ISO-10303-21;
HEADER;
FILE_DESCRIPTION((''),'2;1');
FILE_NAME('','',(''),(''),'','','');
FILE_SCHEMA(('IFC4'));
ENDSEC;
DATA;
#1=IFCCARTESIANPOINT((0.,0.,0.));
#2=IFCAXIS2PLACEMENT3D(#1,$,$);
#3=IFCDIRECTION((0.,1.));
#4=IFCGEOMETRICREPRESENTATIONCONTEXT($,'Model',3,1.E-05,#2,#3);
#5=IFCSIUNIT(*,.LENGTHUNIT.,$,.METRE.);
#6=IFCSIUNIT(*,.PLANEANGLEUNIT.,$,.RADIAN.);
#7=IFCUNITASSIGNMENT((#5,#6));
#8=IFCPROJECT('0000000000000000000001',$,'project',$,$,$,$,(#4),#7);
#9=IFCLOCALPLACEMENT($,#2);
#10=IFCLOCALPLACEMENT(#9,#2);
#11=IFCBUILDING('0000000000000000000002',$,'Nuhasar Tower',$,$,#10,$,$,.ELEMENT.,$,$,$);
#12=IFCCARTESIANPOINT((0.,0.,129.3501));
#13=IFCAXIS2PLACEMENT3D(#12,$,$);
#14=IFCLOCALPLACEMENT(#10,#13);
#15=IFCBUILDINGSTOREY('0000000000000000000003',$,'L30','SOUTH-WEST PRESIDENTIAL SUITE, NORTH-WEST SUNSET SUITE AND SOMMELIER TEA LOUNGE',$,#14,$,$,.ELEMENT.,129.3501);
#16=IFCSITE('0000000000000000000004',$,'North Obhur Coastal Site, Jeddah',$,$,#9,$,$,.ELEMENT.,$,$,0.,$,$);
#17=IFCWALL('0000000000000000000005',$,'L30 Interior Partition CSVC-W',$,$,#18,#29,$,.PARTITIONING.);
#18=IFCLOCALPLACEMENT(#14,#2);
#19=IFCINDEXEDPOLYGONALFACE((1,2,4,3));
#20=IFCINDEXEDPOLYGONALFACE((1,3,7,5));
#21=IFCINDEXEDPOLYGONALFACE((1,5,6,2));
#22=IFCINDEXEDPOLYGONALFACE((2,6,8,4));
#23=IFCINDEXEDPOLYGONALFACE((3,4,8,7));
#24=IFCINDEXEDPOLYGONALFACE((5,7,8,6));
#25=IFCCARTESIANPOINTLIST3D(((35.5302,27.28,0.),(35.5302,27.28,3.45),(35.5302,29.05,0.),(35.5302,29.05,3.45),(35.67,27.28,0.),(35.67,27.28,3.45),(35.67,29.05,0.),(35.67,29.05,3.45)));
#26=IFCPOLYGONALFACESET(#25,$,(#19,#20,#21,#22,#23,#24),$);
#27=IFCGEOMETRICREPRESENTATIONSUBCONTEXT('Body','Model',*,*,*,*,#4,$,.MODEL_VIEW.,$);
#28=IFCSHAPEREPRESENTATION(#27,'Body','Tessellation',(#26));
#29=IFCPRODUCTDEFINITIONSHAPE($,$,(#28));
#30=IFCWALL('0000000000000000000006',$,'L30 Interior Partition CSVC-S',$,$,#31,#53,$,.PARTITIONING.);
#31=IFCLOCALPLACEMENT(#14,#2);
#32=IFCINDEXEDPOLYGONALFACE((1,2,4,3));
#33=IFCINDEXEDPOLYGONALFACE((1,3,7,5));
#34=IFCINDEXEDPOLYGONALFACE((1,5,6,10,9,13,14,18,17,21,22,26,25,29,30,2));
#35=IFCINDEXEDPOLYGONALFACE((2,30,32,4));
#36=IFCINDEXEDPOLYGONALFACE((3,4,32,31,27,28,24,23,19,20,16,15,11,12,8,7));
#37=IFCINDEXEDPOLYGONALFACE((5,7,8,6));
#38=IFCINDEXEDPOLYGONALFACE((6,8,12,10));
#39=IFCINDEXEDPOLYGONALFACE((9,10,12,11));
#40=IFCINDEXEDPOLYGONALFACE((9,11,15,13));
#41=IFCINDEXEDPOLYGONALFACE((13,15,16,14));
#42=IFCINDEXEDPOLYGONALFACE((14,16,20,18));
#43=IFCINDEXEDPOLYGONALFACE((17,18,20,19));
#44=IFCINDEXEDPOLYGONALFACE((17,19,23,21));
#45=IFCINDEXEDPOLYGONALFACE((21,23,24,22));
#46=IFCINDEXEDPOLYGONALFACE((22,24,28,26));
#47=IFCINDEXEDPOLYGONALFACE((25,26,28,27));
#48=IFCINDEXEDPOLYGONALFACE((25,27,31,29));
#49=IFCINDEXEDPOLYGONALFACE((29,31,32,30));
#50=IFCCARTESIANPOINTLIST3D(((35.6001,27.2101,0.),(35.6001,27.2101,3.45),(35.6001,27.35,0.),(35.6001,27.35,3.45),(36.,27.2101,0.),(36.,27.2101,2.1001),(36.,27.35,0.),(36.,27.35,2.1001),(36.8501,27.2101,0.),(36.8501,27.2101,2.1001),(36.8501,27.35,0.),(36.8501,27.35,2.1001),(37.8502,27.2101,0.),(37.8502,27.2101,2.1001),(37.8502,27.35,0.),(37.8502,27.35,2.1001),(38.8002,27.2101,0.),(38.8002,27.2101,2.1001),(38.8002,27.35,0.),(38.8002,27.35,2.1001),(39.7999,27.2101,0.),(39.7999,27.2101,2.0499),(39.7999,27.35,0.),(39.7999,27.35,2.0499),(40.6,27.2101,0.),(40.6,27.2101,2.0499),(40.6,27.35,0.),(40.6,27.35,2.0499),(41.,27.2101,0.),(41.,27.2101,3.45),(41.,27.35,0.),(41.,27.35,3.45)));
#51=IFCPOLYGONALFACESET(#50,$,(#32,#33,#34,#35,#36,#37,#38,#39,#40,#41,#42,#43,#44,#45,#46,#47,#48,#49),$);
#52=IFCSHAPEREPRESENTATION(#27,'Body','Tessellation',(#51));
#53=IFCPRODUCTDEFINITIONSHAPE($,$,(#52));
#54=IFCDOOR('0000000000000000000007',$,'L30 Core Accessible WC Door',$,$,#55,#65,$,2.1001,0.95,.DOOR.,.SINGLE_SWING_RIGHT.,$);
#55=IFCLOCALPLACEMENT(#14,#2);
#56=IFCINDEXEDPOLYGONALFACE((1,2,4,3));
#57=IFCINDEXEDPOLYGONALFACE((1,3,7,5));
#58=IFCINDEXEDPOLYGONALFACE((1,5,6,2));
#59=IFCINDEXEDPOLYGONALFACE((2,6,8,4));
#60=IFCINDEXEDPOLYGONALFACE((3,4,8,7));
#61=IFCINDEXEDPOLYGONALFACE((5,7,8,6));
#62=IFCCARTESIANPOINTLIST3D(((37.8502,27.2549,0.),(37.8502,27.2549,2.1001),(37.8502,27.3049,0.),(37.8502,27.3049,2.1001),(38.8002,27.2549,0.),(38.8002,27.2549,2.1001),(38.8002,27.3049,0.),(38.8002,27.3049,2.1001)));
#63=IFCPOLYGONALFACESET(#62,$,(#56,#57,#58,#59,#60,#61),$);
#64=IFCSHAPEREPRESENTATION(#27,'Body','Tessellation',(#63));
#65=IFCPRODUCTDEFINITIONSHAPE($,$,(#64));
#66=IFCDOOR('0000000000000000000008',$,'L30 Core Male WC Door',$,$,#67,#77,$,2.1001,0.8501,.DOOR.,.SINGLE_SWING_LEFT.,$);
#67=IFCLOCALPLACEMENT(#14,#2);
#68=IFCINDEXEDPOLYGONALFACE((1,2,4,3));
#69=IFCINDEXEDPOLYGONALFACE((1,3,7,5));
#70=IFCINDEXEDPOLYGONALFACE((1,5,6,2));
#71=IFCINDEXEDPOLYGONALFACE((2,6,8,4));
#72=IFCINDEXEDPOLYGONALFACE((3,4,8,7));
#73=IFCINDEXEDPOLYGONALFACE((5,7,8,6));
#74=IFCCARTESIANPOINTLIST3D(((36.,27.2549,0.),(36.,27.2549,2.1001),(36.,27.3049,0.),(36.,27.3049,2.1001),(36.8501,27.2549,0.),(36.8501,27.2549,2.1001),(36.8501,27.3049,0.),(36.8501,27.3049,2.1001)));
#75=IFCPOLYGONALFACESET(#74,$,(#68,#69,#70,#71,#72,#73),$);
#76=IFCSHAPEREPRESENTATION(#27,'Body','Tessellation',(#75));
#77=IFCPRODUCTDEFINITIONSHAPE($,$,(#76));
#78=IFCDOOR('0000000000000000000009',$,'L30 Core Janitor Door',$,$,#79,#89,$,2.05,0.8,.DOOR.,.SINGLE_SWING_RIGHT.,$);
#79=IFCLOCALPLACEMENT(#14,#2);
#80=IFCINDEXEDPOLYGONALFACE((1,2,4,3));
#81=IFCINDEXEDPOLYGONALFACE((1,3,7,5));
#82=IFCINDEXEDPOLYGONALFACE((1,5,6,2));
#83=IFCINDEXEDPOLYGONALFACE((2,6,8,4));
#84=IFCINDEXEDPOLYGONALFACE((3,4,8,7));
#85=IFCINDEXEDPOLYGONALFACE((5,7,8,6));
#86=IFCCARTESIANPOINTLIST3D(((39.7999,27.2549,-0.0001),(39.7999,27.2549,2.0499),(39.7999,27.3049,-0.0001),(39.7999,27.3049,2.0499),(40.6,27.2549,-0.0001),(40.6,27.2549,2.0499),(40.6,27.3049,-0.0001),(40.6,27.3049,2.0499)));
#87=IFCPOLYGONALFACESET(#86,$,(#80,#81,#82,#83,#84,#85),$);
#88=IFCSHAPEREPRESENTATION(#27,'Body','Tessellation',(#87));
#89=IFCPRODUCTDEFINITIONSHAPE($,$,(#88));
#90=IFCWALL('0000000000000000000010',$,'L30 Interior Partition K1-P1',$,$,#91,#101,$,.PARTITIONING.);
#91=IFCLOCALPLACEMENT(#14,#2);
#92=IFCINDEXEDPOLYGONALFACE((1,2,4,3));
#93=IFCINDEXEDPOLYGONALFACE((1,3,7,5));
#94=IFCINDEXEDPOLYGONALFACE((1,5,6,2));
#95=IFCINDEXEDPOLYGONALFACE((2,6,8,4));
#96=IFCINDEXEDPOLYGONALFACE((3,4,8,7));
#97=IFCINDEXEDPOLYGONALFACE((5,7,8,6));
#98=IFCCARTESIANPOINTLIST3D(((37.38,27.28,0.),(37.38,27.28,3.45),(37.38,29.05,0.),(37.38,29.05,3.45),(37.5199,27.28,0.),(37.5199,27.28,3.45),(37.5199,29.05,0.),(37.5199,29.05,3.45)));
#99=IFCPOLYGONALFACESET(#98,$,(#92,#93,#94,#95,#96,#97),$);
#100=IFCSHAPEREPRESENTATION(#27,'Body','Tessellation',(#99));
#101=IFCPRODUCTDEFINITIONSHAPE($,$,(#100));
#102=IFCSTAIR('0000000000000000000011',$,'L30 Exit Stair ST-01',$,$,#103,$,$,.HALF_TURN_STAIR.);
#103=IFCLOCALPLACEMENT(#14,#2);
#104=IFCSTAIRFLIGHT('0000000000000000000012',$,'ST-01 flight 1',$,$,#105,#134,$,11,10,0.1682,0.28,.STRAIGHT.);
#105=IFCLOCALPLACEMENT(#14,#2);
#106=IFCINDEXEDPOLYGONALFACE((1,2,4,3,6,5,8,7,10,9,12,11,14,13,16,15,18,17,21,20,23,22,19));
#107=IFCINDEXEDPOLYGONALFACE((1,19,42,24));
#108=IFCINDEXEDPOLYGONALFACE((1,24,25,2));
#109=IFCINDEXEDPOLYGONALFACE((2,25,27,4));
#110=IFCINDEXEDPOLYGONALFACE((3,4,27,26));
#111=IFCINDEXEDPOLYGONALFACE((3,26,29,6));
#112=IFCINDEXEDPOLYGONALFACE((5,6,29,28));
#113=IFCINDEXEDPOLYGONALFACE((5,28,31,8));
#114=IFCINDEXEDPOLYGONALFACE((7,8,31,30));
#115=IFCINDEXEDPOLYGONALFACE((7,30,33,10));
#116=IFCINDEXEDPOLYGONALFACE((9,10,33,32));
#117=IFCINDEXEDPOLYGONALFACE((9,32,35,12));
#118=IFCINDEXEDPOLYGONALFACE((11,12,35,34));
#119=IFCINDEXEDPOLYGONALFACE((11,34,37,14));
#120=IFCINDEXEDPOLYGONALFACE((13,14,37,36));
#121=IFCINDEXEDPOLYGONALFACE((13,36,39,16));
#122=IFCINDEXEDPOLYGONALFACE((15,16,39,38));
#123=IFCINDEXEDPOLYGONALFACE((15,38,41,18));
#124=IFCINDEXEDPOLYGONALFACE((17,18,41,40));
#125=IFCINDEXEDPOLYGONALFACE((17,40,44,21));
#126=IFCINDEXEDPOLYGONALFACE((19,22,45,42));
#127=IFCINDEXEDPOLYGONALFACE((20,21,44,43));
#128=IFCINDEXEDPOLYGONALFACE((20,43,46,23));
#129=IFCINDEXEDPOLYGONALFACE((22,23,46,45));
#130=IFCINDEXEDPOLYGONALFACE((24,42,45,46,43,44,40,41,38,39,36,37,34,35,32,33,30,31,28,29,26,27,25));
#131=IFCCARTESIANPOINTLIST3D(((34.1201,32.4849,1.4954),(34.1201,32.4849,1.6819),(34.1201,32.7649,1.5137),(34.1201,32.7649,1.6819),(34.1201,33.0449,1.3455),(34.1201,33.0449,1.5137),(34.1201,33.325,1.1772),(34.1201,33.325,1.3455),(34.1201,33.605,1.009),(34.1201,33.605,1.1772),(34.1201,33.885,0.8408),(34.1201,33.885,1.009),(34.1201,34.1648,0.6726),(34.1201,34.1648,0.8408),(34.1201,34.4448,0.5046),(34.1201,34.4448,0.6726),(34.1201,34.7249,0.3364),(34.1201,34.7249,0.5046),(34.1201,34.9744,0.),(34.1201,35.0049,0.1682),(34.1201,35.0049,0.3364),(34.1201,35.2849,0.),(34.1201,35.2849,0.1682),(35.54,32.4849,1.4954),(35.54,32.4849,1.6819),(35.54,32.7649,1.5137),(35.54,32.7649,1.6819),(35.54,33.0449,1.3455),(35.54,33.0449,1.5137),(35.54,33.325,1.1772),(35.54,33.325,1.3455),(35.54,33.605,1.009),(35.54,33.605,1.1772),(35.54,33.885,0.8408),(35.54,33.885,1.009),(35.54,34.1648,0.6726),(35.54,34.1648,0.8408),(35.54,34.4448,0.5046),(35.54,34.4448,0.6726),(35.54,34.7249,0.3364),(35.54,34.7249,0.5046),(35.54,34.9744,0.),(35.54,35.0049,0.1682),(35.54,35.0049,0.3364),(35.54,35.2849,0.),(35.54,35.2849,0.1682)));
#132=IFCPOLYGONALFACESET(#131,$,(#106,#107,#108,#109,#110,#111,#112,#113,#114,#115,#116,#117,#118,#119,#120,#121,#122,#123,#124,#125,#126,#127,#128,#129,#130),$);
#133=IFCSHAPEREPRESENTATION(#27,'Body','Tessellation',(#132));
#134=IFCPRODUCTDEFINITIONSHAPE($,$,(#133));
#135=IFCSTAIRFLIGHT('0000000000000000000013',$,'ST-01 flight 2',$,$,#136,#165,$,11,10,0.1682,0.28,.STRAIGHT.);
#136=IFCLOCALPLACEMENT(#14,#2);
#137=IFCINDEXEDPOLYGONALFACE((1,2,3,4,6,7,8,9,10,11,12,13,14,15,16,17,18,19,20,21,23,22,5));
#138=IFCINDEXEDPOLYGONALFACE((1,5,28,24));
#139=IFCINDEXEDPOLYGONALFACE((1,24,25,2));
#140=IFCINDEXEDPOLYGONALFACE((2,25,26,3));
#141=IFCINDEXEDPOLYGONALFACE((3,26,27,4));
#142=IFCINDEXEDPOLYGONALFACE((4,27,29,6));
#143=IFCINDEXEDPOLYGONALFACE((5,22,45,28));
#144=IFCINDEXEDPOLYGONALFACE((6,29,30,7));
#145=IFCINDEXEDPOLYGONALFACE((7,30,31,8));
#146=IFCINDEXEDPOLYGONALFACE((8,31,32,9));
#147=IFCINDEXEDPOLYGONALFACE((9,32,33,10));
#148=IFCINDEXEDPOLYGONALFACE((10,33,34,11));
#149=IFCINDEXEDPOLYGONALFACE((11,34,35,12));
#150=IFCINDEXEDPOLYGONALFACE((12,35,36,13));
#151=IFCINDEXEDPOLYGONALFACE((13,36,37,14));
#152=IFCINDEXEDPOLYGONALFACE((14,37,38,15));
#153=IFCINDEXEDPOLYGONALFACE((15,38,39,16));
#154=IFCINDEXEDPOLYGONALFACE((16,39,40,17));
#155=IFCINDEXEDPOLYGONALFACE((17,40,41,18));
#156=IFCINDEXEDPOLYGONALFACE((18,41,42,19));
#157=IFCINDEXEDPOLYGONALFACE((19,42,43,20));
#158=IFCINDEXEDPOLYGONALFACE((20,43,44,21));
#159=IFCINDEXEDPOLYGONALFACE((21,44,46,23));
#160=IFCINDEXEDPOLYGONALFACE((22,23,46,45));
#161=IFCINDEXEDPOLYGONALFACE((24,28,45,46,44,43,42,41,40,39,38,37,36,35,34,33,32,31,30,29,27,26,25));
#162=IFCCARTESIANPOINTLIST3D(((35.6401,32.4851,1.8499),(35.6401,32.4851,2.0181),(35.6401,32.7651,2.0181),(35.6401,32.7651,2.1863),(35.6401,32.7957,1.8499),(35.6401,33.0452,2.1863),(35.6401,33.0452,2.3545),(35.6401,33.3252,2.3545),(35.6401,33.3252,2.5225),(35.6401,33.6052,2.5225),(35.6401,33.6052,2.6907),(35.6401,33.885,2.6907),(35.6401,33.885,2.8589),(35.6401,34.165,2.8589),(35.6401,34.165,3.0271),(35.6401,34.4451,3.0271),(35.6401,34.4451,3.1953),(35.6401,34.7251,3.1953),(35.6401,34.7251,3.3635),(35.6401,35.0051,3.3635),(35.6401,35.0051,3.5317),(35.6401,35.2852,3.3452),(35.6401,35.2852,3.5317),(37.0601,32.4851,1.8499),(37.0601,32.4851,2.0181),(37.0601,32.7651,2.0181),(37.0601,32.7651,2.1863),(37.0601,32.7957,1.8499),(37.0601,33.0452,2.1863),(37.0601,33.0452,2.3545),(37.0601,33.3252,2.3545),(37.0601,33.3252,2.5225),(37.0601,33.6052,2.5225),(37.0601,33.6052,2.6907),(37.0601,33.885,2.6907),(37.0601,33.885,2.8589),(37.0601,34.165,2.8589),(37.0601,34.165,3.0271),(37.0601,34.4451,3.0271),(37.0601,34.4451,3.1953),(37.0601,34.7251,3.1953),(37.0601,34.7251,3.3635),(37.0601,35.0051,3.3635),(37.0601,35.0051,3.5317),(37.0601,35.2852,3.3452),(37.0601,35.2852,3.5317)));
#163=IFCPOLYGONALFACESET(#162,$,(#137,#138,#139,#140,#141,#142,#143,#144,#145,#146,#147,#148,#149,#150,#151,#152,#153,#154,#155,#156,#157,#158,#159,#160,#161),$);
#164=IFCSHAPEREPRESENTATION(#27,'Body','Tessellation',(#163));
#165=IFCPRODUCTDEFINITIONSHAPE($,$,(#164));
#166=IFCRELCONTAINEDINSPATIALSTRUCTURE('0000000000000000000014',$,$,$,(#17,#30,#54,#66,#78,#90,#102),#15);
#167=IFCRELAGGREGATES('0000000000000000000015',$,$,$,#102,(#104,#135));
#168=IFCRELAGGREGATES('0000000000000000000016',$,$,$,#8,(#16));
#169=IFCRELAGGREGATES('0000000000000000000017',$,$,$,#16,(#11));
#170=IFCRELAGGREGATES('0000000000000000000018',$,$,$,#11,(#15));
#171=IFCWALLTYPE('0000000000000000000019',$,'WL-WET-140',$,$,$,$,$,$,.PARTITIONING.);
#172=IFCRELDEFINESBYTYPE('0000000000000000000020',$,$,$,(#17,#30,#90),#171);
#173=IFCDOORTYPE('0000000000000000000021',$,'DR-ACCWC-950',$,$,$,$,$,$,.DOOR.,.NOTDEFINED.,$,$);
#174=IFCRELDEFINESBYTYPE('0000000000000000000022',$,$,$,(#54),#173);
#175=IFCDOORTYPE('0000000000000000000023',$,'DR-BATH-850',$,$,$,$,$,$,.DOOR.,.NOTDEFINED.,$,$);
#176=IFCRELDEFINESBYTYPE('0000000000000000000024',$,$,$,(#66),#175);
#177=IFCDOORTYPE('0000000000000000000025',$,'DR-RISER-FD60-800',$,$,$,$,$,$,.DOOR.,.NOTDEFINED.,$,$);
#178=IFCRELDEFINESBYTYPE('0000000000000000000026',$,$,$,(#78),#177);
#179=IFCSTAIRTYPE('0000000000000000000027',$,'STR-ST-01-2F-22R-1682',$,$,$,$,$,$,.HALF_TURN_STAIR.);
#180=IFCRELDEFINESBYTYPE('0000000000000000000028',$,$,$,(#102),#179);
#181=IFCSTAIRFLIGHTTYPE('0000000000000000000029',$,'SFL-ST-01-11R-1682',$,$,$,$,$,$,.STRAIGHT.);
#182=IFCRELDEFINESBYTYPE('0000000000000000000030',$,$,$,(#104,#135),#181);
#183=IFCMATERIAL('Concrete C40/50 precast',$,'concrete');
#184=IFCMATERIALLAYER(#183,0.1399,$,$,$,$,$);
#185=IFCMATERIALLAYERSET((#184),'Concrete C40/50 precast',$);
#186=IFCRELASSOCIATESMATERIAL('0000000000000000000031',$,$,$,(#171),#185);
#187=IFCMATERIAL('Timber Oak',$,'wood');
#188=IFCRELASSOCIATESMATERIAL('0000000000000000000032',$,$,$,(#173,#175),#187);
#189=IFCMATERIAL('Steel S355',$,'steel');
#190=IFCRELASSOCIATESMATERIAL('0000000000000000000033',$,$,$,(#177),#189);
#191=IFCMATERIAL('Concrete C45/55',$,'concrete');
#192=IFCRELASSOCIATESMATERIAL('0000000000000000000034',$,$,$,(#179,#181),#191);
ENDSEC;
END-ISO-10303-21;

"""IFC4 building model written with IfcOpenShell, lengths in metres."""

from ifc_helpers import new_model, si_unit, direction, frame, frame_2d, origin, place, context, subcontext, project, spatial, polyline, rectangle, outline, extrude, material, layer, layer_set, type_object, element, fill, aggregate, save


model = new_model("IFC4")

# Units and contexts
model_context = context("Model", 3, precision=1e-05, world=origin(), true_north=direction((0.0, 1.0)))
body_context = subcontext(model_context, "Body", "Model", "MODEL_VIEW")
ifc_project = project(units=[si_unit("LENGTHUNIT", "METRE"), si_unit("PLANEANGLEUNIT", "RADIAN")], contexts=[model_context])

# Site, building, storey
site_placement = place(None, origin())
site = spatial("IfcSite", under=ifc_project, at=site_placement, Name="North Obhur Coastal Site, Jeddah", CompositionType="ELEMENT", RefElevation=0.0)
building_placement = place(site_placement, origin())
building = spatial("IfcBuilding", under=site, at=building_placement, Name="Nuhasar Tower", CompositionType="ELEMENT")
storey_placement = place(building_placement, frame((0.0, 0.0, 129.3501)))
storey = spatial("IfcBuildingStorey", under=building, at=storey_placement, Name="L30", Description="SOUTH-WEST PRESIDENTIAL SUITE, NORTH-WEST SUNSET SUITE AND SOMMELIER TEA LOUNGE", CompositionType="ELEMENT", Elevation=129.3501)

# Shared definitions
ifc_material_1 = material(Name="Steel S355", Category="steel")

# Wall
ifc_material_2 = material(Name="Concrete C40/50 precast", Category="concrete")
ifc_layer_1 = layer(ifc_material_2, 0.1399)
ifc_layer_set_1 = layer_set([ifc_layer_1], Name="Concrete C40/50 precast")
wall_type_1 = type_object("IfcWallType", Name="WL-WET-140", PredefinedType="PARTITIONING", material=ifc_layer_set_1)
wall_1_placement = place(storey_placement, frame((35.6001, 27.28, 0.0), z_axis=(0.0, 0.0, 1.0), x_axis=(0.0, 1.0, 0.0)))
element("IfcWall", 1, at=wall_1_placement, inside=storey, type_object=wall_type_1, Name="L30 Interior Partition CSVC-W", PredefinedType="PARTITIONING", context=body_context, shape_type="SweptSolid", body=[
    extrude(rectangle(XDim=1.77, YDim=0.1399, at=frame_2d((0.885, 0.0))), origin(), (0.0, 0.0, 1.0), 3.45),
])

# Wall, openings, doors
wall_2_placement = place(storey_placement, frame((35.6001, 27.28, 0.0), z_axis=(0.0, 0.0, 1.0), x_axis=(1.0, 0.0, 0.0)))
wall_2 = element("IfcWall", 2, at=wall_2_placement, inside=storey, type_object=wall_type_1, Name="L30 Interior Partition CSVC-S", PredefinedType="PARTITIONING", context=body_context, shape_type="SweptSolid", body=[
    extrude(rectangle(XDim=5.3999, YDim=0.1399, at=frame_2d((2.7, 0.0))), origin(), (0.0, 0.0, 1.0), 3.45),
])
opening_1_placement = place(wall_2_placement, frame((0.3999, 0.0, 0.0)))
opening_1 = element("IfcOpeningElement", 3, at=opening_1_placement, cuts=wall_2, PredefinedType="OPENING", context=body_context, shape_type="SweptSolid", body=[
    extrude(rectangle(XDim=0.8501, YDim=2.1001, at=frame_2d((0.425, 1.05))), frame((0.0, 0.0801, 0.0), z_axis=(0.0, -1.0, 0.0), x_axis=(1.0, 0.0, 0.0)), (0.0, 0.0, 1.0), 0.1599),
])
opening_2_placement = place(wall_2_placement, frame((2.25, 0.0, 0.0)))
opening_2 = element("IfcOpeningElement", 4, at=opening_2_placement, cuts=wall_2, PredefinedType="OPENING", context=body_context, shape_type="SweptSolid", body=[
    extrude(rectangle(XDim=0.95, YDim=2.1001, at=frame_2d((0.4751, 1.05))), frame((0.0, 0.0801, 0.0), z_axis=(0.0, -1.0, 0.0), x_axis=(1.0, 0.0, 0.0)), (0.0, 0.0, 1.0), 0.1599),
])
opening_3_placement = place(wall_2_placement, frame((4.2, 0.0, 0.0)))
opening_3 = element("IfcOpeningElement", 5, at=opening_3_placement, cuts=wall_2, PredefinedType="OPENING", context=body_context, shape_type="SweptSolid", body=[
    extrude(rectangle(XDim=0.8, YDim=2.05, at=frame_2d((0.3999, 1.0249))), frame((0.0, 0.0801, 0.0), z_axis=(0.0, -1.0, 0.0), x_axis=(1.0, 0.0, 0.0)), (0.0, 0.0, 1.0), 0.1599),
])
ifc_material_3 = material(Name="Timber Oak", Category="wood")
door_type_1 = type_object("IfcDoorType", Name="DR-ACCWC-950", OperationType="NOTDEFINED", PredefinedType="DOOR", material=ifc_material_3)
door_1_placement = place(opening_2_placement, origin())
door_1 = element("IfcDoor", 6, at=door_1_placement, inside=storey, type_object=door_type_1, Name="L30 Core Accessible WC Door", OperationType="SINGLE_SWING_RIGHT", OverallHeight=2.1001, OverallWidth=0.95, PredefinedType="DOOR", context=body_context, shape_type="SweptSolid", body=[
    extrude(rectangle(XDim=0.95, YDim=2.1001, at=frame_2d((0.4751, 1.05))), frame((0.0, 0.0249, 0.0), z_axis=(0.0, -1.0, 0.0), x_axis=(1.0, 0.0, 0.0)), (0.0, 0.0, 1.0), 0.05),
])
fill(opening_2, door_1)
door_type_2 = type_object("IfcDoorType", Name="DR-BATH-850", OperationType="NOTDEFINED", PredefinedType="DOOR", material=ifc_material_3)
door_2_placement = place(opening_1_placement, origin())
door_2 = element("IfcDoor", 7, at=door_2_placement, inside=storey, type_object=door_type_2, Name="L30 Core Male WC Door", OperationType="SINGLE_SWING_LEFT", OverallHeight=2.1001, OverallWidth=0.8501, PredefinedType="DOOR", context=body_context, shape_type="SweptSolid", body=[
    extrude(rectangle(XDim=0.8501, YDim=2.1001, at=frame_2d((0.425, 1.05))), frame((0.0, 0.0249, 0.0), z_axis=(0.0, -1.0, 0.0), x_axis=(1.0, 0.0, 0.0)), (0.0, 0.0, 1.0), 0.05),
])
fill(opening_1, door_2)
door_type_3 = type_object("IfcDoorType", Name="DR-RISER-FD60-800", OperationType="NOTDEFINED", PredefinedType="DOOR", material=ifc_material_1)
door_3_placement = place(opening_3_placement, origin())
door_3 = element("IfcDoor", 8, at=door_3_placement, inside=storey, type_object=door_type_3, Name="L30 Core Janitor Door", OperationType="SINGLE_SWING_RIGHT", OverallHeight=2.05, OverallWidth=0.8, PredefinedType="DOOR", context=body_context, shape_type="SweptSolid", body=[
    extrude(rectangle(XDim=0.8, YDim=2.05, at=frame_2d((0.3999, 1.0249))), frame((0.0, 0.0249, 0.0), z_axis=(0.0, -1.0, 0.0), x_axis=(1.0, 0.0, 0.0)), (0.0, 0.0, 1.0), 0.05),
])
fill(opening_3, door_3)

# Wall
wall_3_placement = place(storey_placement, frame((37.45, 27.28, 0.0), z_axis=(0.0, 0.0, 1.0), x_axis=(0.0, 1.0, 0.0)))
element("IfcWall", 9, at=wall_3_placement, inside=storey, type_object=wall_type_1, Name="L30 Interior Partition K1-P1", PredefinedType="PARTITIONING", context=body_context, shape_type="SweptSolid", body=[
    extrude(rectangle(XDim=1.77, YDim=0.1399, at=frame_2d((0.885, 0.0))), origin(), (0.0, 0.0, 1.0), 3.45),
])

# Stair, stair flights
ifc_material_4 = material(Name="Concrete C45/55", Category="concrete")
stair_type_1 = type_object("IfcStairType", Name="STR-ST-01-2F-22R-1682", PredefinedType="HALF_TURN_STAIR", material=ifc_material_4)
stair_1_placement = place(storey_placement, origin())
stair_1 = element("IfcStair", 10, at=stair_1_placement, inside=storey, type_object=stair_type_1, Name="L30 Exit Stair ST-01", PredefinedType="HALF_TURN_STAIR")
stair_flight_type_1 = type_object("IfcStairFlightType", Name="SFL-ST-01-11R-1682", PredefinedType="STRAIGHT", material=ifc_material_4)
stair_flight_1_placement = place(storey_placement, frame((34.8301, 35.2849, 0.0), z_axis=(0.0, 0.0, 1.0), x_axis=(0.0, -1.0, 0.0)))
stair_flight_1 = element("IfcStairFlight", 11, at=stair_flight_1_placement, type_object=stair_flight_type_1, Name="ST-01 flight 1", NumberOfRisers=11, NumberOfTreads=10, PredefinedType="STRAIGHT", RiserHeight=0.1682, TreadLength=0.28, context=body_context, shape_type="SweptSolid", body=[
    extrude(outline(polyline([(0.0, 0.0), (0.0, 0.1682), (0.28, 0.1682), (0.28, 0.3364), (0.5601, 0.3364), (0.5601, 0.5046), (0.8401, 0.5046), (0.8401, 0.6726), (1.1201, 0.6726), (1.1201, 0.8408), (1.3999, 0.8408), (1.3999, 1.009), (1.6799, 1.009), (1.6799, 1.1772), (1.96, 1.1772), (1.96, 1.3455), (2.24, 1.3455), (2.24, 1.5137), (2.52, 1.5137), (2.52, 1.6819), (2.8, 1.6819), (2.8, 1.8501), (2.8, 1.4954), (0.3105, 0.0), (0.0, 0.0)])), frame((0.0, 0.71, 0.0), z_axis=(0.0, -1.0, 0.0), x_axis=(1.0, 0.0, 0.0)), (0.0, 0.0, 1.0), 1.4199),
])
stair_flight_2_placement = place(storey_placement, frame((36.3501, 32.4851, 1.8499), z_axis=(0.0, 0.0, 1.0), x_axis=(0.0, 1.0, 0.0)))
stair_flight_2 = element("IfcStairFlight", 12, at=stair_flight_2_placement, type_object=stair_flight_type_1, Name="ST-01 flight 2", NumberOfRisers=11, NumberOfTreads=10, PredefinedType="STRAIGHT", RiserHeight=0.1682, TreadLength=0.28, context=body_context, shape_type="SweptSolid", body=[
    extrude(outline(polyline([(0.0, 0.0), (0.0, 0.1682), (0.28, 0.1682), (0.28, 0.3364), (0.5601, 0.3364), (0.5601, 0.5046), (0.8401, 0.5046), (0.8401, 0.6726), (1.1201, 0.6726), (1.1201, 0.8408), (1.3999, 0.8408), (1.3999, 1.009), (1.6799, 1.009), (1.6799, 1.1772), (1.96, 1.1772), (1.96, 1.3455), (2.24, 1.3455), (2.24, 1.5137), (2.52, 1.5137), (2.52, 1.6819), (2.8, 1.6819), (2.8, 1.8501), (2.8, 1.4954), (0.3105, 0.0), (0.0, 0.0)])), frame((0.0, 0.71, 0.0), z_axis=(0.0, -1.0, 0.0), x_axis=(1.0, 0.0, 0.0)), (0.0, 0.0, 1.0), 1.4199),
])
aggregate(stair_1, [stair_flight_1, stair_flight_2])

save(model, "model.ifc")
